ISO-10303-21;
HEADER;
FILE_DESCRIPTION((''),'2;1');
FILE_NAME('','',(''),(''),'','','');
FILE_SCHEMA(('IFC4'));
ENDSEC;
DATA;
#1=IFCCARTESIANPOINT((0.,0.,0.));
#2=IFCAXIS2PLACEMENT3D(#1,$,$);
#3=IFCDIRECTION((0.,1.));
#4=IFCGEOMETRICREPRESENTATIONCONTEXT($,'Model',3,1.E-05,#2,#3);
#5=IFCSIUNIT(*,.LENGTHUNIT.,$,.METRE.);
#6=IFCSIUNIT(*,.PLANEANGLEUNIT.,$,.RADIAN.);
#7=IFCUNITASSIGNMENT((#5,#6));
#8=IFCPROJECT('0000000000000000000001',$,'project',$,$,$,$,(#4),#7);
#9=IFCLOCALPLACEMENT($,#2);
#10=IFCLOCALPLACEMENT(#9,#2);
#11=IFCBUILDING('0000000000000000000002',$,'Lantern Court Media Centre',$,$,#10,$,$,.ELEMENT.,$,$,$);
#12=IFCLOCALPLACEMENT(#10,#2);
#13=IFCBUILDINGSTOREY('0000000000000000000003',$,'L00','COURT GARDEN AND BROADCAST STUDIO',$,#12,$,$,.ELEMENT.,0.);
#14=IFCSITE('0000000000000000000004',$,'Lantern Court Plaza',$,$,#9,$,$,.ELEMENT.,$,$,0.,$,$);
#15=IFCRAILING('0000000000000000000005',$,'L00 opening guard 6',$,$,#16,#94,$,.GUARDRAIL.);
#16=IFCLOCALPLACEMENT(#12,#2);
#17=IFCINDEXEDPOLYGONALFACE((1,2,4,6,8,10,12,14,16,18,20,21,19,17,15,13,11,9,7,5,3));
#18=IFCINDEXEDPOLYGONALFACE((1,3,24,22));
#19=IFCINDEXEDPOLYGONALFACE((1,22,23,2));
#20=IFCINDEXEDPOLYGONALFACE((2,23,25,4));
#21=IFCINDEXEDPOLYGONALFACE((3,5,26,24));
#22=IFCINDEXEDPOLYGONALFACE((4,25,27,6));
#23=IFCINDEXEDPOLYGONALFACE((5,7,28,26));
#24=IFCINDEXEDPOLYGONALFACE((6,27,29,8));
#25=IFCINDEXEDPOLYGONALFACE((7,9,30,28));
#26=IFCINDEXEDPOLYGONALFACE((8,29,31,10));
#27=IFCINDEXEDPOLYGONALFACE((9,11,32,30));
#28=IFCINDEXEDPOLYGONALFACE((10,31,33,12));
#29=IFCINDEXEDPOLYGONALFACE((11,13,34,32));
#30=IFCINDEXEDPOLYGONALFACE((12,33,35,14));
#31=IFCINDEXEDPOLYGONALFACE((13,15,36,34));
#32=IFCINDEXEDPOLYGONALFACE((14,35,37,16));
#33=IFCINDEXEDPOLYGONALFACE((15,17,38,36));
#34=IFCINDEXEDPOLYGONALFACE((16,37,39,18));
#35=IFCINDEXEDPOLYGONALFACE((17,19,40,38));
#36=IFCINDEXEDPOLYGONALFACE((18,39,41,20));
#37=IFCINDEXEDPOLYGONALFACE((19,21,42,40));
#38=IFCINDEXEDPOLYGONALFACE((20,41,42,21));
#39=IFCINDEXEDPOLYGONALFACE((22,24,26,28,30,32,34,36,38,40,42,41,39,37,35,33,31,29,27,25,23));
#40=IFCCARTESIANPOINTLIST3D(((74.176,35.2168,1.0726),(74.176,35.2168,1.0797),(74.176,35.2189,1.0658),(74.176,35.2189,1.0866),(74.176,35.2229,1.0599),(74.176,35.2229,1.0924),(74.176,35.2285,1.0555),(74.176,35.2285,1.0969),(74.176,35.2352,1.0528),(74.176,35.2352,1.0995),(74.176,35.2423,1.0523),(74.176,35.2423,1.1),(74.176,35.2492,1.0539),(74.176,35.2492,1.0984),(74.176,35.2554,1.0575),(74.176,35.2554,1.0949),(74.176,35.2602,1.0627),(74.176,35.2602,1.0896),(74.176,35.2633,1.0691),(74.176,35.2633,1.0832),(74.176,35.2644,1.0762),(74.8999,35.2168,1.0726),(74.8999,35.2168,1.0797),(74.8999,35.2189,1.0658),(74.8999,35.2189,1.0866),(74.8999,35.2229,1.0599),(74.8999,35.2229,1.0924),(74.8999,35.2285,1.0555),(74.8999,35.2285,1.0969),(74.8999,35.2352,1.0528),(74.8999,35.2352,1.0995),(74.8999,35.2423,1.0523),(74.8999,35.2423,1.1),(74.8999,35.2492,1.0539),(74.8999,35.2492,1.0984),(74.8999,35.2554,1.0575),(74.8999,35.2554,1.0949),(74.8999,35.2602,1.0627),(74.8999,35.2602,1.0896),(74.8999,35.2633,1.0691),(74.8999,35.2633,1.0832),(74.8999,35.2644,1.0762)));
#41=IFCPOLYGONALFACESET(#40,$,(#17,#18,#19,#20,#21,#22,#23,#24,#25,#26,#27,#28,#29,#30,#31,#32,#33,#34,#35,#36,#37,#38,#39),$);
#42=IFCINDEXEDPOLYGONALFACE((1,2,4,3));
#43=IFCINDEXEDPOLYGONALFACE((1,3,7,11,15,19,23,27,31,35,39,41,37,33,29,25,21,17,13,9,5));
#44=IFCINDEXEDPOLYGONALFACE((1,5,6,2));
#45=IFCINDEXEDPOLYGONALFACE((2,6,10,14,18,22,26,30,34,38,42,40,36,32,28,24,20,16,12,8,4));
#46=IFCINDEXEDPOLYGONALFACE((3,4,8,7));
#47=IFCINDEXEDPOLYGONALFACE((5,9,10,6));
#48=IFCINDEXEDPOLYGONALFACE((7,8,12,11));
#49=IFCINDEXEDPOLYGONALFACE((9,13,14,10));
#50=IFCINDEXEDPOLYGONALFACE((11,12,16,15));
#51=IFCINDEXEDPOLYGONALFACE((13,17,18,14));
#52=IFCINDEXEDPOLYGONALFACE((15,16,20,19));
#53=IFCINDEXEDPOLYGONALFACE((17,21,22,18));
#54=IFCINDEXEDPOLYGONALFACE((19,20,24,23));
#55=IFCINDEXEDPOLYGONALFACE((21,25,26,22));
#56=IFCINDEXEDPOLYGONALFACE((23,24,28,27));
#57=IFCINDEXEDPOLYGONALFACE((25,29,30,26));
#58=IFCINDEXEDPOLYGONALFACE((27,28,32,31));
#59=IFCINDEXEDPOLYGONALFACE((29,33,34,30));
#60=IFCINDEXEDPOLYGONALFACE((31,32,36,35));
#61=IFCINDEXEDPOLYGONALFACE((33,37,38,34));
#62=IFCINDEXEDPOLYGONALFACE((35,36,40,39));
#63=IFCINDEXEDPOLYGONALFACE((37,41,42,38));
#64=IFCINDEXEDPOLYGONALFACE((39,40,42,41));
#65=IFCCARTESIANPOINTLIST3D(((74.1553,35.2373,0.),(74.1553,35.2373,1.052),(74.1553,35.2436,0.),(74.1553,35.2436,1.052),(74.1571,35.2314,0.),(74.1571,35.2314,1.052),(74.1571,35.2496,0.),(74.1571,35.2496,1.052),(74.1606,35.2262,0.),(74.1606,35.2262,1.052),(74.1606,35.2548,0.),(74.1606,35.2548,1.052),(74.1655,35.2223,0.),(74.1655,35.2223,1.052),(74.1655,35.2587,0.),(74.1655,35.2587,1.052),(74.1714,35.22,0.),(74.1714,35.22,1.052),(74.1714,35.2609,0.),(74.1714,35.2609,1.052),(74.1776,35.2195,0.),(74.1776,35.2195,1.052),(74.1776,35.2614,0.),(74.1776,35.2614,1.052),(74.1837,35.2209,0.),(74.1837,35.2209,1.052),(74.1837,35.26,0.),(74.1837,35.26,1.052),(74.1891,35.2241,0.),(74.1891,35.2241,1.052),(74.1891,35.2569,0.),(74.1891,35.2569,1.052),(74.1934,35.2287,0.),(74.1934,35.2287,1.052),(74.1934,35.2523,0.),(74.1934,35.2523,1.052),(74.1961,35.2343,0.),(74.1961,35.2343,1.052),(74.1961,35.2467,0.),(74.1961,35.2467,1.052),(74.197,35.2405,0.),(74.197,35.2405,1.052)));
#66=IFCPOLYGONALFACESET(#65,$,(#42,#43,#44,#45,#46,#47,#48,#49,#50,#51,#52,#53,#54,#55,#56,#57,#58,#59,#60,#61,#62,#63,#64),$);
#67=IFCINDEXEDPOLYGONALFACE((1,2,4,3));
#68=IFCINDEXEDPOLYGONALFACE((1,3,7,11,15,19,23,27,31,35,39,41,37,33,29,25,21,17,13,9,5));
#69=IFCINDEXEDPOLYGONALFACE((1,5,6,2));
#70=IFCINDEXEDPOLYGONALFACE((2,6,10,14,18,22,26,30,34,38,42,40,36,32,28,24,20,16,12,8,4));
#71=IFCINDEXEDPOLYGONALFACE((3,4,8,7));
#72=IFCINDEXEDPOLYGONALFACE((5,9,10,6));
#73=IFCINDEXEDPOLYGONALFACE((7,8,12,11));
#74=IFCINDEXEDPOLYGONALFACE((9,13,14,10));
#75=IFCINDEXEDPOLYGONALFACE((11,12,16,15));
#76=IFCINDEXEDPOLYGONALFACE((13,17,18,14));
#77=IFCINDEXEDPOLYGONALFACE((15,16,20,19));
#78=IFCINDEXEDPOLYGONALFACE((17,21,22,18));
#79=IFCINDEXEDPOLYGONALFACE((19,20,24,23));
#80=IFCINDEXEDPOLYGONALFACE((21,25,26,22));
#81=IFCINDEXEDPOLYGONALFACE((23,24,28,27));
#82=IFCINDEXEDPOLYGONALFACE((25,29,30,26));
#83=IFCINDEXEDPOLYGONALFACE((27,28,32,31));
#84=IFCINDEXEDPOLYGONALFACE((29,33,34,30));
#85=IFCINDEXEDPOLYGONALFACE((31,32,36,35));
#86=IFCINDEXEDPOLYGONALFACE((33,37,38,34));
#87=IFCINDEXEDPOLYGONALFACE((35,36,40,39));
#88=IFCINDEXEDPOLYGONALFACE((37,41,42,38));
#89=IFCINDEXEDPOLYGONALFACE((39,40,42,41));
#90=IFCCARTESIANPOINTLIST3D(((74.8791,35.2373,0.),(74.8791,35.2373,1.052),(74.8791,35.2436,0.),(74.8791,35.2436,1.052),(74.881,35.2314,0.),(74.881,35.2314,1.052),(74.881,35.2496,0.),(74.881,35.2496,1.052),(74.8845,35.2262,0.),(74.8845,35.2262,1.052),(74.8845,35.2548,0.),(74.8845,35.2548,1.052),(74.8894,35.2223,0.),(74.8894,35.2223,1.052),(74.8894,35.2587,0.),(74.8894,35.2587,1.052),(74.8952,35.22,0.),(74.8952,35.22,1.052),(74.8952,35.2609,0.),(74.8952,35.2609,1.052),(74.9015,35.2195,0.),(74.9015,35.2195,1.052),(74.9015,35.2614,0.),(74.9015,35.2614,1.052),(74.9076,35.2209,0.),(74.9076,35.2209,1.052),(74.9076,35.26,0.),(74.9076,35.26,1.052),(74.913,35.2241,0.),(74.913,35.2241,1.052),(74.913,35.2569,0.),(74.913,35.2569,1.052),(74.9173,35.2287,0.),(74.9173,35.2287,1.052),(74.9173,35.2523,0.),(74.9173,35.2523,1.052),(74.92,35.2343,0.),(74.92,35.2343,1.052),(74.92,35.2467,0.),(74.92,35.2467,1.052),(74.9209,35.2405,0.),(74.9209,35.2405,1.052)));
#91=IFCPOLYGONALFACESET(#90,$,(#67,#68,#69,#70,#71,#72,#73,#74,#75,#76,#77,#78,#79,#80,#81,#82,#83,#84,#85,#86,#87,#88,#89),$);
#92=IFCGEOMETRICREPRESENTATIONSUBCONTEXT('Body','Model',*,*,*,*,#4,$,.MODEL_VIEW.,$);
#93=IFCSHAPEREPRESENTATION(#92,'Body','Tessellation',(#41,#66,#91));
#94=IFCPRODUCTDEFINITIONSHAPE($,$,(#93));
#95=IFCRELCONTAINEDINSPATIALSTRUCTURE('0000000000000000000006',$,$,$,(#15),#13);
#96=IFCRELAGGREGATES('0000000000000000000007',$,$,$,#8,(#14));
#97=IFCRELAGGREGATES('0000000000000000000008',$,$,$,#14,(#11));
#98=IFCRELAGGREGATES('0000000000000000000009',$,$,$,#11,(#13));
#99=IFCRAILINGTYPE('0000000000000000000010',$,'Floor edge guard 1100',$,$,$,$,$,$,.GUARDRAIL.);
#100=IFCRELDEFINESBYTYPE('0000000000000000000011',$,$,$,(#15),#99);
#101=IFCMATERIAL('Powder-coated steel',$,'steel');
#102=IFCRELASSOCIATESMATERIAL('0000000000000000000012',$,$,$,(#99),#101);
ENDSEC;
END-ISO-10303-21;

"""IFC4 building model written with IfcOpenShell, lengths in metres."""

from ifc_helpers import new_model, si_unit, direction, frame, origin, origin_2d, place, context, subcontext, project, spatial, circle, extrude, material, type_object, element, save


model = new_model("IFC4")

# Units and contexts
model_context = context("Model", 3, precision=1e-05, world=origin(), true_north=direction((0.0, 1.0)))
body_context = subcontext(model_context, "Body", "Model", "MODEL_VIEW")
ifc_project = project(units=[si_unit("LENGTHUNIT", "METRE"), si_unit("PLANEANGLEUNIT", "RADIAN")], contexts=[model_context])

# Site, building, storey
site_placement = place(None, origin())
site = spatial("IfcSite", under=ifc_project, at=site_placement, Name="Lantern Court Plaza", CompositionType="ELEMENT", RefElevation=0.0)
building_placement = place(site_placement, origin())
building = spatial("IfcBuilding", under=site, at=building_placement, Name="Lantern Court Media Centre", CompositionType="ELEMENT")
storey_placement = place(building_placement, origin())
storey = spatial("IfcBuildingStorey", under=building, at=storey_placement, Name="L00", Description="COURT GARDEN AND BROADCAST STUDIO", CompositionType="ELEMENT", Elevation=0.0)

# Railing
ifc_material_1 = material(Name="Powder-coated steel", Category="steel")
railing_type_1 = type_object("IfcRailingType", Name="Floor edge guard 1100", PredefinedType="GUARDRAIL", material=ifc_material_1)
railing_1_placement = place(storey_placement, frame((74.176, 35.2405, 0.0)))
element("IfcRailing", 1, at=railing_1_placement, inside=storey, type_object=railing_type_1, Name="L00 opening guard 6", PredefinedType="GUARDRAIL", context=body_context, shape_type="SweptSolid", body=[
    extrude(circle(Radius=0.0239, at=origin_2d()), frame((0.0, 0.0, 1.0762), z_axis=(1.0, 0.0, 0.0), x_axis=(0.0, 1.0, 0.0)), (0.0, 0.0, 1.0), 0.7239),
    extrude(circle(Radius=0.021, at=origin_2d()), origin(), (0.0, 0.0, 1.0), 1.052),
    extrude(circle(Radius=0.021, at=origin_2d()), frame((0.7239, 0.0, 0.0)), (0.0, 0.0, 1.0), 1.052),
])

save(model, "model.ifc")
